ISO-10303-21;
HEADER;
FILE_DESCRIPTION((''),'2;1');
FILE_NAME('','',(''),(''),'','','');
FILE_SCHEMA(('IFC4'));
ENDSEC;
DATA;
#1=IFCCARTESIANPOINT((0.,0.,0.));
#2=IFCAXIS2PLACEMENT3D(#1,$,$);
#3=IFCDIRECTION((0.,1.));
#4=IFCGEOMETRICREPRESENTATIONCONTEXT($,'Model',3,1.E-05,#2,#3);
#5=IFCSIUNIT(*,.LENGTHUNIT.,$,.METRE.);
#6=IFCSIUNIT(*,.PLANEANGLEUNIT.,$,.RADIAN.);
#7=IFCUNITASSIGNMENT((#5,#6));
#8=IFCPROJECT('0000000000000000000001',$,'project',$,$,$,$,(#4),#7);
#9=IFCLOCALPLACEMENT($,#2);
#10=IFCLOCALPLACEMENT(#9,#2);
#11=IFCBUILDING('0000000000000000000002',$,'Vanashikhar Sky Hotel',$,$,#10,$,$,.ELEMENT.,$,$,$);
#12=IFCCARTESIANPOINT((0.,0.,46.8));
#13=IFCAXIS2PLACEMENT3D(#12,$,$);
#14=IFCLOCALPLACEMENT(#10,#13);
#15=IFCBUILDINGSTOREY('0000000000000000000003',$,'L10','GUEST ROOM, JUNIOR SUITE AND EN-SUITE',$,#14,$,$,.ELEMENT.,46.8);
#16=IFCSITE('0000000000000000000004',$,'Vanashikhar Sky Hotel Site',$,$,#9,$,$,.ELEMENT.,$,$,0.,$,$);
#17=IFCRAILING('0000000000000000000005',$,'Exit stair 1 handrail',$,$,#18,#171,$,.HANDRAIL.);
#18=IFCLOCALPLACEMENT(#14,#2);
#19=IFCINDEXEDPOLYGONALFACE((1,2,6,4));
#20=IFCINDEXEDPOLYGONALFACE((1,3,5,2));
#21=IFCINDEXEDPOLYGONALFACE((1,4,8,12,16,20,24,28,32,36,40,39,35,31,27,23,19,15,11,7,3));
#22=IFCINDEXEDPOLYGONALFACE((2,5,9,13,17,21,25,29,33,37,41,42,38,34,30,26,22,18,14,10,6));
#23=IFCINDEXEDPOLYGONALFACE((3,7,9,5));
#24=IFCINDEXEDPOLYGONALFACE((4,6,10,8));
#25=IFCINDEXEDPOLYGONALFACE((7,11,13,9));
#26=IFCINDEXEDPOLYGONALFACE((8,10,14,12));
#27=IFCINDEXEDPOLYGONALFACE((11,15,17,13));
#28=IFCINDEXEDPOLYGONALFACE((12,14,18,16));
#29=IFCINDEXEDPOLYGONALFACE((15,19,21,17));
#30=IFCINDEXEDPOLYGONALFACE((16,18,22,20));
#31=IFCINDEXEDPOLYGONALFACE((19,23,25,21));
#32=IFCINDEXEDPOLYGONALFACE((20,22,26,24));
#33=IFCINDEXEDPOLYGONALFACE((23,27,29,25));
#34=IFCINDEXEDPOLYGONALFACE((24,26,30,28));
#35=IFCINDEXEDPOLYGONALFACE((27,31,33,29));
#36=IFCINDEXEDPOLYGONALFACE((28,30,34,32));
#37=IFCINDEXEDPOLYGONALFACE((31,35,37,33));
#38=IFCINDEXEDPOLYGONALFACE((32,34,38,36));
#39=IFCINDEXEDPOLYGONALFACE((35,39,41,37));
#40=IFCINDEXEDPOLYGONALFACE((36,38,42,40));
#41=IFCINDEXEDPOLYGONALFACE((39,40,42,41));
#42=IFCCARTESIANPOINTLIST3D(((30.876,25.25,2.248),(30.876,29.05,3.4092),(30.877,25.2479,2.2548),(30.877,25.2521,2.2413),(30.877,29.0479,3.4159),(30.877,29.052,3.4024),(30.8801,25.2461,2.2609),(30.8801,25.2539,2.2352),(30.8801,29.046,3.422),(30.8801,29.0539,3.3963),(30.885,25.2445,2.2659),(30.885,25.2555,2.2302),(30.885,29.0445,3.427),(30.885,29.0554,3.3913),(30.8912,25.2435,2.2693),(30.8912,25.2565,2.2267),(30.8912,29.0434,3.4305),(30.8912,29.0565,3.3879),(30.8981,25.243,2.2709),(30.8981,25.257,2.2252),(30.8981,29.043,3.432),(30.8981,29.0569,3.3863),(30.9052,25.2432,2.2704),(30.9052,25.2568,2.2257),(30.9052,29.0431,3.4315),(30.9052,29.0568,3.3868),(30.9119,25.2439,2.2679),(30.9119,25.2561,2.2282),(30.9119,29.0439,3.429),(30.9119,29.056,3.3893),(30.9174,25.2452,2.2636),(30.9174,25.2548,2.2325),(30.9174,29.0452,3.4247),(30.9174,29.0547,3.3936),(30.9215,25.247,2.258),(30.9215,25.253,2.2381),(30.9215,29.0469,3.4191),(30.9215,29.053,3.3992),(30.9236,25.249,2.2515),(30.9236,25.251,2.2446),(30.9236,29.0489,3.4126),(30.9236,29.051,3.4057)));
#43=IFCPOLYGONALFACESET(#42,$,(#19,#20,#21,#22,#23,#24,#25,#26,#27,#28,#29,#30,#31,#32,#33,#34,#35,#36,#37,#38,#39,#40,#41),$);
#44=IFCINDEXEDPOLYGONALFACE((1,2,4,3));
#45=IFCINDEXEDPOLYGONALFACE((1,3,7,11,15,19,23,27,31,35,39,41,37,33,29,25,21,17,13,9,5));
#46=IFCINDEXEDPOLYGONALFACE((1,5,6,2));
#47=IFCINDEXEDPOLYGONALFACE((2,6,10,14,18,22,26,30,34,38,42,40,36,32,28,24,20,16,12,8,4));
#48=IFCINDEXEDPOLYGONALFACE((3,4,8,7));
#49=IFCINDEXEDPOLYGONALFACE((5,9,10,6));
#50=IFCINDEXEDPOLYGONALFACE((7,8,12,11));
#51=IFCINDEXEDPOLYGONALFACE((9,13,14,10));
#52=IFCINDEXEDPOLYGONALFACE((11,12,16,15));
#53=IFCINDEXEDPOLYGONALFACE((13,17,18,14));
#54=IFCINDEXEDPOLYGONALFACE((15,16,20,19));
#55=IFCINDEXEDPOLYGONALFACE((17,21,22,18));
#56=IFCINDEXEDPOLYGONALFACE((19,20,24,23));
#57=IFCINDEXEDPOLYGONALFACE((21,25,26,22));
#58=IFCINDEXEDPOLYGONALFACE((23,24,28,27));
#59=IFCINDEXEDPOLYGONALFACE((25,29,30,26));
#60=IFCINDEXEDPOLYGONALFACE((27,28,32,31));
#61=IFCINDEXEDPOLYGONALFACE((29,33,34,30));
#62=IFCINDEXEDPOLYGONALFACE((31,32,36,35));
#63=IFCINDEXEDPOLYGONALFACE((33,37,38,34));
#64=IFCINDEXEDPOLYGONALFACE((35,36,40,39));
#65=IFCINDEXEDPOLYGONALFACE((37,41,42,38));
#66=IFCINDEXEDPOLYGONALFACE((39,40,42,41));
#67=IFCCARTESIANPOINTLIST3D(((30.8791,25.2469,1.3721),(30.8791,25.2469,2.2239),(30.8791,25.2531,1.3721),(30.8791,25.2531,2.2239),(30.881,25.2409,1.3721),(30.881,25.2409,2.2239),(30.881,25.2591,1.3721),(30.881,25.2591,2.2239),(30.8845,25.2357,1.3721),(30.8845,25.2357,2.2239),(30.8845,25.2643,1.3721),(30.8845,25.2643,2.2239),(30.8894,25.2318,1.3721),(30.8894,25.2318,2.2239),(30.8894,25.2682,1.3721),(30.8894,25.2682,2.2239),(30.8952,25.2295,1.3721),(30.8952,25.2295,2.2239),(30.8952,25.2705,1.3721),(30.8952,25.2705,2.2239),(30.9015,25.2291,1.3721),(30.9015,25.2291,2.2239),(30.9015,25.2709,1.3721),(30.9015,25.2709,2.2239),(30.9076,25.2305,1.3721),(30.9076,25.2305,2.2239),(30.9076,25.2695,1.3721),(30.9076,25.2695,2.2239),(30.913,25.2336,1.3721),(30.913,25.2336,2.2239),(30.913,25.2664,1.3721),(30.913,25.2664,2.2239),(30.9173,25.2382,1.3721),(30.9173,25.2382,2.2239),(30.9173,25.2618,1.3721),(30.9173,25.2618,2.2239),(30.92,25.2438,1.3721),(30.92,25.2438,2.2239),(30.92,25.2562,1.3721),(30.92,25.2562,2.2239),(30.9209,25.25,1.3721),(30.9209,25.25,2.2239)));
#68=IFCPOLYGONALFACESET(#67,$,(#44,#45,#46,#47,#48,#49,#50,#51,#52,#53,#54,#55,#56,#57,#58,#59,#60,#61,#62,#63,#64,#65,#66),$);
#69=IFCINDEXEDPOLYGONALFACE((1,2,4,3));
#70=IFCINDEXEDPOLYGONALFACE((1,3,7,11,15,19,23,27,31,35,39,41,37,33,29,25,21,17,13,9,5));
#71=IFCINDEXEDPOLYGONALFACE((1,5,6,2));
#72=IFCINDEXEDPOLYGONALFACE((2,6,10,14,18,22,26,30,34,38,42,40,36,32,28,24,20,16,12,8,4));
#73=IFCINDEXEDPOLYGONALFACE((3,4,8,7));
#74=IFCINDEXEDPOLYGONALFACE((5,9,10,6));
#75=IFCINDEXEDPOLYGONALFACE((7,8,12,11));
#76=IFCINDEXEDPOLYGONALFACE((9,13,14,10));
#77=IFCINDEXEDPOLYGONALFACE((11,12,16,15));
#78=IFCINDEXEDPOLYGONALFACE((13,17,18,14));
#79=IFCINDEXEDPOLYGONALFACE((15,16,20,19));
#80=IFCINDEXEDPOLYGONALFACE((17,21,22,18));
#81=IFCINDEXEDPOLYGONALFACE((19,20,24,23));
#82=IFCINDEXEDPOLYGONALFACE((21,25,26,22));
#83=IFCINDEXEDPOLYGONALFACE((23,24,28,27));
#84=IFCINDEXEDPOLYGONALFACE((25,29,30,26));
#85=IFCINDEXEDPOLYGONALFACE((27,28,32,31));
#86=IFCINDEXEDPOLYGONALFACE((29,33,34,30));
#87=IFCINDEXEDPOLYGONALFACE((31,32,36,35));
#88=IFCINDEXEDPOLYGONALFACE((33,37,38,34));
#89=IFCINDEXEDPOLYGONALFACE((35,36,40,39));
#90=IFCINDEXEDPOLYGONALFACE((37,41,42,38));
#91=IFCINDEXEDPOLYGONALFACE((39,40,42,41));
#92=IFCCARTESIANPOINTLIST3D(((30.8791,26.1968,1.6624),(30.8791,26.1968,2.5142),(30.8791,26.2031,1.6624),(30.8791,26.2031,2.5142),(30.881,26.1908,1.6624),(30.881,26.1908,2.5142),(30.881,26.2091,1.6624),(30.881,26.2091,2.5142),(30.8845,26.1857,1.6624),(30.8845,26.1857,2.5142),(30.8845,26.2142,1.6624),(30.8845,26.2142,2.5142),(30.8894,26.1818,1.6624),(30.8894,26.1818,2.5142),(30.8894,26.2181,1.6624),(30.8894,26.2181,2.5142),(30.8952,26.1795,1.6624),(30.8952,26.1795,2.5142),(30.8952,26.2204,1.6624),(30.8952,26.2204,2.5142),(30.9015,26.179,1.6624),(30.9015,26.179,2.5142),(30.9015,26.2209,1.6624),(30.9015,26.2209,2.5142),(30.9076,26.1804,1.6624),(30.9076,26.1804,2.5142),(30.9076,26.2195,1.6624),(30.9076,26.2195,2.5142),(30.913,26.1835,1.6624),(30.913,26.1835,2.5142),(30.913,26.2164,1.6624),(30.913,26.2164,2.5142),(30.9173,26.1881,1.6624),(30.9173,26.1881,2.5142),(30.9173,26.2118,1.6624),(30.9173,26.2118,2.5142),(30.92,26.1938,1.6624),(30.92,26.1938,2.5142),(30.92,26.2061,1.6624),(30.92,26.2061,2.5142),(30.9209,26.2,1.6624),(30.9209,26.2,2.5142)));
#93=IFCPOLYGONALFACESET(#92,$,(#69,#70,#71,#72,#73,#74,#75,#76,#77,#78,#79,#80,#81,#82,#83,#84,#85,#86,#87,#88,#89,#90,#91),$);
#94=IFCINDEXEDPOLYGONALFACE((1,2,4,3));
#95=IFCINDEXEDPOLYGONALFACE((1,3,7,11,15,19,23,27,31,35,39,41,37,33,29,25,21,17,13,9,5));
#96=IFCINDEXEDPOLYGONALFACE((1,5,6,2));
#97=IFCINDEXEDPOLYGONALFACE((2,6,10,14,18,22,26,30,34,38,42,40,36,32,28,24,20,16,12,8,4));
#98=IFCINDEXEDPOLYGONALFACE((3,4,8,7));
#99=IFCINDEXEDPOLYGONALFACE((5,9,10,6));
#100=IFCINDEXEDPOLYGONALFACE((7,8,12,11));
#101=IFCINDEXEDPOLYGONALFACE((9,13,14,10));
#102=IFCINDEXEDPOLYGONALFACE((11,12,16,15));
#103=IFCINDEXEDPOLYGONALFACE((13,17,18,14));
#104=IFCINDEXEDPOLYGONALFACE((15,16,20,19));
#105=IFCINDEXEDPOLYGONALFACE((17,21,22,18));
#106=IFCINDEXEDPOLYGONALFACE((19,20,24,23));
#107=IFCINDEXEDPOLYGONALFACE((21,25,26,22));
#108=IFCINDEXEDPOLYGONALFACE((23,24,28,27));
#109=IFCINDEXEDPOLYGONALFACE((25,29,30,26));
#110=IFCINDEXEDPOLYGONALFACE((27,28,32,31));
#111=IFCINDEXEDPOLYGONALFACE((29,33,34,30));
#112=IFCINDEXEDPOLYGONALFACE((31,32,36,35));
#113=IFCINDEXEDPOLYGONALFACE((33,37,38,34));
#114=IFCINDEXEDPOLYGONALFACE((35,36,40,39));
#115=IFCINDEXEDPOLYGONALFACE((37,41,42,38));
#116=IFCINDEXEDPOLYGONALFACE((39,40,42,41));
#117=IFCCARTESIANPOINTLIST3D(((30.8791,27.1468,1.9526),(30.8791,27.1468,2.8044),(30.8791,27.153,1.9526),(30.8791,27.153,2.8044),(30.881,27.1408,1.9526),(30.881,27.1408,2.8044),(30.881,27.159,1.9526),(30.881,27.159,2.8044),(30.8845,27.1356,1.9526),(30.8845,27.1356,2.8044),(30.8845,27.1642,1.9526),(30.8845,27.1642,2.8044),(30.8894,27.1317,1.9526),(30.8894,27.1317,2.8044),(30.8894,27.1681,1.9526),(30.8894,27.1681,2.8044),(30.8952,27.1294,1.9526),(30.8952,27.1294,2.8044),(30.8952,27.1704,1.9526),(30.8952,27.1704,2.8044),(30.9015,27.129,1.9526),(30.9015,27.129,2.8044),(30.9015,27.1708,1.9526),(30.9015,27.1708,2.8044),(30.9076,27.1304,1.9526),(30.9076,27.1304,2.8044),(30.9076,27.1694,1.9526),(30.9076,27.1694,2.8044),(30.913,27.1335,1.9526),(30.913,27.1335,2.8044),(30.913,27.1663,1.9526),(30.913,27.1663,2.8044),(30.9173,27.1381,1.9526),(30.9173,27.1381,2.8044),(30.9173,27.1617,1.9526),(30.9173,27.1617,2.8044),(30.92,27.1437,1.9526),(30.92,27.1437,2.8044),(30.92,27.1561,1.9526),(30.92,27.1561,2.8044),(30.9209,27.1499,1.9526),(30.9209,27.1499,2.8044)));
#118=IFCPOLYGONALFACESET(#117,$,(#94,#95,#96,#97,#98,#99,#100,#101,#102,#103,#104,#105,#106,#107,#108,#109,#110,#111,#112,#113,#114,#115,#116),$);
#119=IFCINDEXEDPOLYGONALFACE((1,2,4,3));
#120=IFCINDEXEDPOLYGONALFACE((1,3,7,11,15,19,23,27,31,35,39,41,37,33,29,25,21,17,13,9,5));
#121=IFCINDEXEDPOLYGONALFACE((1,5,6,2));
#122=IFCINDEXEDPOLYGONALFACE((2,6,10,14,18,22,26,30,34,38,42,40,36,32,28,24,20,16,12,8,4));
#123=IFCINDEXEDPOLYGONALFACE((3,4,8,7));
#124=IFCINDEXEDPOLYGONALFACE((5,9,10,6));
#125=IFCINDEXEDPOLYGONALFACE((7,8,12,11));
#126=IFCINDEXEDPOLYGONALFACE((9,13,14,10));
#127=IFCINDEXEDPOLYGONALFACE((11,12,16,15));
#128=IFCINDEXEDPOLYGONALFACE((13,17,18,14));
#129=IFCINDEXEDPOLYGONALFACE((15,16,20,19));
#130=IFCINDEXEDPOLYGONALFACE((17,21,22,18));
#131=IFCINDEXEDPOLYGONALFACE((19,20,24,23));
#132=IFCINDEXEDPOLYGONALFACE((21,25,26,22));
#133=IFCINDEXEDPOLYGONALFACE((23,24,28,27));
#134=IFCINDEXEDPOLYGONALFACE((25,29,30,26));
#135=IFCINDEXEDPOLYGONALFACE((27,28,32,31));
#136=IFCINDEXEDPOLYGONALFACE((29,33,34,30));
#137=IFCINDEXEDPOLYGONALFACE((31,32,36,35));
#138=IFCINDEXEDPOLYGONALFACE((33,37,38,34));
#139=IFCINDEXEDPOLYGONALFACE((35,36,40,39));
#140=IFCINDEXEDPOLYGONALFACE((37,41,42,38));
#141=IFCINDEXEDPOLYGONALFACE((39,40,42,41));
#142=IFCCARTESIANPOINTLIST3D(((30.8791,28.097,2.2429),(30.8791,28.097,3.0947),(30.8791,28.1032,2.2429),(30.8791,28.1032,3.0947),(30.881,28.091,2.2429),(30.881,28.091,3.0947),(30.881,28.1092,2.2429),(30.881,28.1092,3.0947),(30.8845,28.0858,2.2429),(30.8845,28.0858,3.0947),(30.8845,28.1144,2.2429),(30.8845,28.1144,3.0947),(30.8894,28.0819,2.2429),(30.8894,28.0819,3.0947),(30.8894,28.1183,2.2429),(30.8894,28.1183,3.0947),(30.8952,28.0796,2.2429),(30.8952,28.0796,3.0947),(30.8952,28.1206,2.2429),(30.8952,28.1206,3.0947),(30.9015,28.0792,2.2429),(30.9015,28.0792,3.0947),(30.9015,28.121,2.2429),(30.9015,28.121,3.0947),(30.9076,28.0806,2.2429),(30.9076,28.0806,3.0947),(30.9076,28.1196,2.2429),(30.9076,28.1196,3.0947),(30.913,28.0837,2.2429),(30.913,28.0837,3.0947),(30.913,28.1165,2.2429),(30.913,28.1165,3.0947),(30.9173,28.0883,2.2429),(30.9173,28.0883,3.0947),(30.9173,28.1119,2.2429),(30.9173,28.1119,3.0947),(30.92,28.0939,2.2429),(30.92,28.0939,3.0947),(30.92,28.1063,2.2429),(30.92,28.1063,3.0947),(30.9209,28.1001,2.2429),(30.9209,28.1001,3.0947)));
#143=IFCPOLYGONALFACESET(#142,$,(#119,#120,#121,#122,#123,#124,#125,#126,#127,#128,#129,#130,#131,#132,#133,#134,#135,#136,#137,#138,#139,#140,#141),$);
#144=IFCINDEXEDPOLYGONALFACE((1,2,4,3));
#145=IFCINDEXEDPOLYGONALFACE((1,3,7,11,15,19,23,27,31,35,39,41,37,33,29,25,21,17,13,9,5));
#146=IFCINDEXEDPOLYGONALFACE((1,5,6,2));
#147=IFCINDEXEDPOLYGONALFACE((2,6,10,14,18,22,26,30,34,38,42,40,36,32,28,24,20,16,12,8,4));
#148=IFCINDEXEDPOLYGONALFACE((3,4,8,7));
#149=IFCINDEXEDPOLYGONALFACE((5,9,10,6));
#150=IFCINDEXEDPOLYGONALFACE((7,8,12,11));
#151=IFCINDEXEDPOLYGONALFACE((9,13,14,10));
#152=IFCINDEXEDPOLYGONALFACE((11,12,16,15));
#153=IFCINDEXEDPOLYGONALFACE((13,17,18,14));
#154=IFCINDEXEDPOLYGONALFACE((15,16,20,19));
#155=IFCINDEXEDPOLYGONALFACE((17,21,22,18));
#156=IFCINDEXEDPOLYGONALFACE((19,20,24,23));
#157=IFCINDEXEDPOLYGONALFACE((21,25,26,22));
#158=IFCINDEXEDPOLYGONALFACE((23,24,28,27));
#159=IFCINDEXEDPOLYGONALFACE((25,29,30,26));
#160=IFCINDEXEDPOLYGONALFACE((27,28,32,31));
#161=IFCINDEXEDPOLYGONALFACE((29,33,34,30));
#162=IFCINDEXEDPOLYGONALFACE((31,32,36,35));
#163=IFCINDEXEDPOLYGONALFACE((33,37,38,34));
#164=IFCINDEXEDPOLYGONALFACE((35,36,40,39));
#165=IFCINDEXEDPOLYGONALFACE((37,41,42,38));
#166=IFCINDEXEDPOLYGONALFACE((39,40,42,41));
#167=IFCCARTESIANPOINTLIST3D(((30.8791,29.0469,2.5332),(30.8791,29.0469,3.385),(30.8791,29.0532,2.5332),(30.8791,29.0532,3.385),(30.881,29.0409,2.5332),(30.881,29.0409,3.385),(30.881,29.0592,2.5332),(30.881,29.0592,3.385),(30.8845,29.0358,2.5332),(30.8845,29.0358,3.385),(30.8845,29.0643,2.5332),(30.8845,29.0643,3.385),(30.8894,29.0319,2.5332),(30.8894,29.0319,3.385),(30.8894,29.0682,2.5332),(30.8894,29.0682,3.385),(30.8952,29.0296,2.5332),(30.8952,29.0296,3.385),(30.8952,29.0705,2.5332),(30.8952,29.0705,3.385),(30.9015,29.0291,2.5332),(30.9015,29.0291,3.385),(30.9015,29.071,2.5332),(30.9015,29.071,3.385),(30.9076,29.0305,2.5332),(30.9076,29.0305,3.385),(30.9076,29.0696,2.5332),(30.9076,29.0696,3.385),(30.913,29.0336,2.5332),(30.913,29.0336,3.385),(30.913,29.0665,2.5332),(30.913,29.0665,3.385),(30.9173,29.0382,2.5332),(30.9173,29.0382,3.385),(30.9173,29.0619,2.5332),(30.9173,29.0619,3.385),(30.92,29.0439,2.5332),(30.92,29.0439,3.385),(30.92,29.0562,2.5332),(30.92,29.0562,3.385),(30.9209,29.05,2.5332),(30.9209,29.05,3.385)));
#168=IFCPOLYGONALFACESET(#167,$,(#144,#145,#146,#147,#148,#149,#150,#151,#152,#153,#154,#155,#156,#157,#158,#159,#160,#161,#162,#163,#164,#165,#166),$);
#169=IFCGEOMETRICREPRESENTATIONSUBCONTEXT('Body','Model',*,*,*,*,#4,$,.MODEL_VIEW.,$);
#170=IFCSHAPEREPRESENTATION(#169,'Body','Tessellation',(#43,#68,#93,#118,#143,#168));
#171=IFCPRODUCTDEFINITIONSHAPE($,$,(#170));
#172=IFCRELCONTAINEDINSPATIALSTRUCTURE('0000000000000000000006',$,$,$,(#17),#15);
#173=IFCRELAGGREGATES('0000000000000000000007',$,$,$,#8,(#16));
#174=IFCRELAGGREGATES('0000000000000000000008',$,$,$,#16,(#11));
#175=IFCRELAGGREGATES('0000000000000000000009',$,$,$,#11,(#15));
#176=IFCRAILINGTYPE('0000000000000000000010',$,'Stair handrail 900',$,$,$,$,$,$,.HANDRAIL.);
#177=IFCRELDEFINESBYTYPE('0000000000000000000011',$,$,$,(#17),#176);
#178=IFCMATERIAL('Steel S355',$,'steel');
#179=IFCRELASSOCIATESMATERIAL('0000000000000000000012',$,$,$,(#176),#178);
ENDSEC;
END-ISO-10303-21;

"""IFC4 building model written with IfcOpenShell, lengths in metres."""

from ifc_helpers import new_model, si_unit, direction, frame, origin, origin_2d, place, context, subcontext, project, spatial, circle, extrude, source, transform, mapped, material, type_object, element, save


model = new_model("IFC4")

# Units and contexts
model_context = context("Model", 3, precision=1e-05, world=origin(), true_north=direction((0.0, 1.0)))
body_context = subcontext(model_context, "Body", "Model", "MODEL_VIEW")
ifc_project = project(units=[si_unit("LENGTHUNIT", "METRE"), si_unit("PLANEANGLEUNIT", "RADIAN")], contexts=[model_context])

# Site, building, storey
site_placement = place(None, origin())
site = spatial("IfcSite", under=ifc_project, at=site_placement, Name="Vanashikhar Sky Hotel Site", CompositionType="ELEMENT", RefElevation=0.0)
building_placement = place(site_placement, origin())
building = spatial("IfcBuilding", under=site, at=building_placement, Name="Vanashikhar Sky Hotel", CompositionType="ELEMENT")
storey_placement = place(building_placement, frame((0.0, 0.0, 46.8)))
storey = spatial("IfcBuildingStorey", under=building, at=storey_placement, Name="L10", Description="GUEST ROOM, JUNIOR SUITE AND EN-SUITE", CompositionType="ELEMENT", Elevation=46.8)

# Railing
ifc_material_1 = material(Name="Steel S355", Category="steel")
railing_type_1 = type_object("IfcRailingType", Name="Stair handrail 900", PredefinedType="HANDRAIL", material=ifc_material_1)
shared_shape_1 = source(origin(), body_context, "Body", "SweptSolid", [
    extrude(circle(Radius=0.0239, at=origin_2d()), frame((0.0, 0.0, 0.876), z_axis=(0.0, 0.956351, 0.29222), x_axis=(-1.0, 0.0, 0.0)), (0.0, 0.0, 1.0), 3.9734),
    extrude(circle(Radius=0.021, at=origin_2d()), origin(), (0.0, 0.0, 1.0), 0.8518),
    extrude(circle(Radius=0.021, at=origin_2d()), frame((0.0, 0.95, 0.2903)), (0.0, 0.0, 1.0), 0.8518),
    extrude(circle(Radius=0.021, at=origin_2d()), frame((0.0, 1.8999, 0.5806)), (0.0, 0.0, 1.0), 0.8518),
    extrude(circle(Radius=0.021, at=origin_2d()), frame((0.0, 2.8501, 0.8708)), (0.0, 0.0, 1.0), 0.8518),
    extrude(circle(Radius=0.021, at=origin_2d()), frame((0.0, 3.8, 1.1611)), (0.0, 0.0, 1.0), 0.8518),
])
railing_1_placement = place(storey_placement, frame((30.8999, 25.25, 1.3721)))
element("IfcRailing", 1, at=railing_1_placement, inside=storey, type_object=railing_type_1, Name="Exit stair 1 handrail", PredefinedType="HANDRAIL", context=body_context, shape_type="MappedRepresentation", body=[
    mapped(shared_shape_1, transform((0.0, 0.0, 0.0), scale=1.0)),
])

save(model, "model.ifc")
